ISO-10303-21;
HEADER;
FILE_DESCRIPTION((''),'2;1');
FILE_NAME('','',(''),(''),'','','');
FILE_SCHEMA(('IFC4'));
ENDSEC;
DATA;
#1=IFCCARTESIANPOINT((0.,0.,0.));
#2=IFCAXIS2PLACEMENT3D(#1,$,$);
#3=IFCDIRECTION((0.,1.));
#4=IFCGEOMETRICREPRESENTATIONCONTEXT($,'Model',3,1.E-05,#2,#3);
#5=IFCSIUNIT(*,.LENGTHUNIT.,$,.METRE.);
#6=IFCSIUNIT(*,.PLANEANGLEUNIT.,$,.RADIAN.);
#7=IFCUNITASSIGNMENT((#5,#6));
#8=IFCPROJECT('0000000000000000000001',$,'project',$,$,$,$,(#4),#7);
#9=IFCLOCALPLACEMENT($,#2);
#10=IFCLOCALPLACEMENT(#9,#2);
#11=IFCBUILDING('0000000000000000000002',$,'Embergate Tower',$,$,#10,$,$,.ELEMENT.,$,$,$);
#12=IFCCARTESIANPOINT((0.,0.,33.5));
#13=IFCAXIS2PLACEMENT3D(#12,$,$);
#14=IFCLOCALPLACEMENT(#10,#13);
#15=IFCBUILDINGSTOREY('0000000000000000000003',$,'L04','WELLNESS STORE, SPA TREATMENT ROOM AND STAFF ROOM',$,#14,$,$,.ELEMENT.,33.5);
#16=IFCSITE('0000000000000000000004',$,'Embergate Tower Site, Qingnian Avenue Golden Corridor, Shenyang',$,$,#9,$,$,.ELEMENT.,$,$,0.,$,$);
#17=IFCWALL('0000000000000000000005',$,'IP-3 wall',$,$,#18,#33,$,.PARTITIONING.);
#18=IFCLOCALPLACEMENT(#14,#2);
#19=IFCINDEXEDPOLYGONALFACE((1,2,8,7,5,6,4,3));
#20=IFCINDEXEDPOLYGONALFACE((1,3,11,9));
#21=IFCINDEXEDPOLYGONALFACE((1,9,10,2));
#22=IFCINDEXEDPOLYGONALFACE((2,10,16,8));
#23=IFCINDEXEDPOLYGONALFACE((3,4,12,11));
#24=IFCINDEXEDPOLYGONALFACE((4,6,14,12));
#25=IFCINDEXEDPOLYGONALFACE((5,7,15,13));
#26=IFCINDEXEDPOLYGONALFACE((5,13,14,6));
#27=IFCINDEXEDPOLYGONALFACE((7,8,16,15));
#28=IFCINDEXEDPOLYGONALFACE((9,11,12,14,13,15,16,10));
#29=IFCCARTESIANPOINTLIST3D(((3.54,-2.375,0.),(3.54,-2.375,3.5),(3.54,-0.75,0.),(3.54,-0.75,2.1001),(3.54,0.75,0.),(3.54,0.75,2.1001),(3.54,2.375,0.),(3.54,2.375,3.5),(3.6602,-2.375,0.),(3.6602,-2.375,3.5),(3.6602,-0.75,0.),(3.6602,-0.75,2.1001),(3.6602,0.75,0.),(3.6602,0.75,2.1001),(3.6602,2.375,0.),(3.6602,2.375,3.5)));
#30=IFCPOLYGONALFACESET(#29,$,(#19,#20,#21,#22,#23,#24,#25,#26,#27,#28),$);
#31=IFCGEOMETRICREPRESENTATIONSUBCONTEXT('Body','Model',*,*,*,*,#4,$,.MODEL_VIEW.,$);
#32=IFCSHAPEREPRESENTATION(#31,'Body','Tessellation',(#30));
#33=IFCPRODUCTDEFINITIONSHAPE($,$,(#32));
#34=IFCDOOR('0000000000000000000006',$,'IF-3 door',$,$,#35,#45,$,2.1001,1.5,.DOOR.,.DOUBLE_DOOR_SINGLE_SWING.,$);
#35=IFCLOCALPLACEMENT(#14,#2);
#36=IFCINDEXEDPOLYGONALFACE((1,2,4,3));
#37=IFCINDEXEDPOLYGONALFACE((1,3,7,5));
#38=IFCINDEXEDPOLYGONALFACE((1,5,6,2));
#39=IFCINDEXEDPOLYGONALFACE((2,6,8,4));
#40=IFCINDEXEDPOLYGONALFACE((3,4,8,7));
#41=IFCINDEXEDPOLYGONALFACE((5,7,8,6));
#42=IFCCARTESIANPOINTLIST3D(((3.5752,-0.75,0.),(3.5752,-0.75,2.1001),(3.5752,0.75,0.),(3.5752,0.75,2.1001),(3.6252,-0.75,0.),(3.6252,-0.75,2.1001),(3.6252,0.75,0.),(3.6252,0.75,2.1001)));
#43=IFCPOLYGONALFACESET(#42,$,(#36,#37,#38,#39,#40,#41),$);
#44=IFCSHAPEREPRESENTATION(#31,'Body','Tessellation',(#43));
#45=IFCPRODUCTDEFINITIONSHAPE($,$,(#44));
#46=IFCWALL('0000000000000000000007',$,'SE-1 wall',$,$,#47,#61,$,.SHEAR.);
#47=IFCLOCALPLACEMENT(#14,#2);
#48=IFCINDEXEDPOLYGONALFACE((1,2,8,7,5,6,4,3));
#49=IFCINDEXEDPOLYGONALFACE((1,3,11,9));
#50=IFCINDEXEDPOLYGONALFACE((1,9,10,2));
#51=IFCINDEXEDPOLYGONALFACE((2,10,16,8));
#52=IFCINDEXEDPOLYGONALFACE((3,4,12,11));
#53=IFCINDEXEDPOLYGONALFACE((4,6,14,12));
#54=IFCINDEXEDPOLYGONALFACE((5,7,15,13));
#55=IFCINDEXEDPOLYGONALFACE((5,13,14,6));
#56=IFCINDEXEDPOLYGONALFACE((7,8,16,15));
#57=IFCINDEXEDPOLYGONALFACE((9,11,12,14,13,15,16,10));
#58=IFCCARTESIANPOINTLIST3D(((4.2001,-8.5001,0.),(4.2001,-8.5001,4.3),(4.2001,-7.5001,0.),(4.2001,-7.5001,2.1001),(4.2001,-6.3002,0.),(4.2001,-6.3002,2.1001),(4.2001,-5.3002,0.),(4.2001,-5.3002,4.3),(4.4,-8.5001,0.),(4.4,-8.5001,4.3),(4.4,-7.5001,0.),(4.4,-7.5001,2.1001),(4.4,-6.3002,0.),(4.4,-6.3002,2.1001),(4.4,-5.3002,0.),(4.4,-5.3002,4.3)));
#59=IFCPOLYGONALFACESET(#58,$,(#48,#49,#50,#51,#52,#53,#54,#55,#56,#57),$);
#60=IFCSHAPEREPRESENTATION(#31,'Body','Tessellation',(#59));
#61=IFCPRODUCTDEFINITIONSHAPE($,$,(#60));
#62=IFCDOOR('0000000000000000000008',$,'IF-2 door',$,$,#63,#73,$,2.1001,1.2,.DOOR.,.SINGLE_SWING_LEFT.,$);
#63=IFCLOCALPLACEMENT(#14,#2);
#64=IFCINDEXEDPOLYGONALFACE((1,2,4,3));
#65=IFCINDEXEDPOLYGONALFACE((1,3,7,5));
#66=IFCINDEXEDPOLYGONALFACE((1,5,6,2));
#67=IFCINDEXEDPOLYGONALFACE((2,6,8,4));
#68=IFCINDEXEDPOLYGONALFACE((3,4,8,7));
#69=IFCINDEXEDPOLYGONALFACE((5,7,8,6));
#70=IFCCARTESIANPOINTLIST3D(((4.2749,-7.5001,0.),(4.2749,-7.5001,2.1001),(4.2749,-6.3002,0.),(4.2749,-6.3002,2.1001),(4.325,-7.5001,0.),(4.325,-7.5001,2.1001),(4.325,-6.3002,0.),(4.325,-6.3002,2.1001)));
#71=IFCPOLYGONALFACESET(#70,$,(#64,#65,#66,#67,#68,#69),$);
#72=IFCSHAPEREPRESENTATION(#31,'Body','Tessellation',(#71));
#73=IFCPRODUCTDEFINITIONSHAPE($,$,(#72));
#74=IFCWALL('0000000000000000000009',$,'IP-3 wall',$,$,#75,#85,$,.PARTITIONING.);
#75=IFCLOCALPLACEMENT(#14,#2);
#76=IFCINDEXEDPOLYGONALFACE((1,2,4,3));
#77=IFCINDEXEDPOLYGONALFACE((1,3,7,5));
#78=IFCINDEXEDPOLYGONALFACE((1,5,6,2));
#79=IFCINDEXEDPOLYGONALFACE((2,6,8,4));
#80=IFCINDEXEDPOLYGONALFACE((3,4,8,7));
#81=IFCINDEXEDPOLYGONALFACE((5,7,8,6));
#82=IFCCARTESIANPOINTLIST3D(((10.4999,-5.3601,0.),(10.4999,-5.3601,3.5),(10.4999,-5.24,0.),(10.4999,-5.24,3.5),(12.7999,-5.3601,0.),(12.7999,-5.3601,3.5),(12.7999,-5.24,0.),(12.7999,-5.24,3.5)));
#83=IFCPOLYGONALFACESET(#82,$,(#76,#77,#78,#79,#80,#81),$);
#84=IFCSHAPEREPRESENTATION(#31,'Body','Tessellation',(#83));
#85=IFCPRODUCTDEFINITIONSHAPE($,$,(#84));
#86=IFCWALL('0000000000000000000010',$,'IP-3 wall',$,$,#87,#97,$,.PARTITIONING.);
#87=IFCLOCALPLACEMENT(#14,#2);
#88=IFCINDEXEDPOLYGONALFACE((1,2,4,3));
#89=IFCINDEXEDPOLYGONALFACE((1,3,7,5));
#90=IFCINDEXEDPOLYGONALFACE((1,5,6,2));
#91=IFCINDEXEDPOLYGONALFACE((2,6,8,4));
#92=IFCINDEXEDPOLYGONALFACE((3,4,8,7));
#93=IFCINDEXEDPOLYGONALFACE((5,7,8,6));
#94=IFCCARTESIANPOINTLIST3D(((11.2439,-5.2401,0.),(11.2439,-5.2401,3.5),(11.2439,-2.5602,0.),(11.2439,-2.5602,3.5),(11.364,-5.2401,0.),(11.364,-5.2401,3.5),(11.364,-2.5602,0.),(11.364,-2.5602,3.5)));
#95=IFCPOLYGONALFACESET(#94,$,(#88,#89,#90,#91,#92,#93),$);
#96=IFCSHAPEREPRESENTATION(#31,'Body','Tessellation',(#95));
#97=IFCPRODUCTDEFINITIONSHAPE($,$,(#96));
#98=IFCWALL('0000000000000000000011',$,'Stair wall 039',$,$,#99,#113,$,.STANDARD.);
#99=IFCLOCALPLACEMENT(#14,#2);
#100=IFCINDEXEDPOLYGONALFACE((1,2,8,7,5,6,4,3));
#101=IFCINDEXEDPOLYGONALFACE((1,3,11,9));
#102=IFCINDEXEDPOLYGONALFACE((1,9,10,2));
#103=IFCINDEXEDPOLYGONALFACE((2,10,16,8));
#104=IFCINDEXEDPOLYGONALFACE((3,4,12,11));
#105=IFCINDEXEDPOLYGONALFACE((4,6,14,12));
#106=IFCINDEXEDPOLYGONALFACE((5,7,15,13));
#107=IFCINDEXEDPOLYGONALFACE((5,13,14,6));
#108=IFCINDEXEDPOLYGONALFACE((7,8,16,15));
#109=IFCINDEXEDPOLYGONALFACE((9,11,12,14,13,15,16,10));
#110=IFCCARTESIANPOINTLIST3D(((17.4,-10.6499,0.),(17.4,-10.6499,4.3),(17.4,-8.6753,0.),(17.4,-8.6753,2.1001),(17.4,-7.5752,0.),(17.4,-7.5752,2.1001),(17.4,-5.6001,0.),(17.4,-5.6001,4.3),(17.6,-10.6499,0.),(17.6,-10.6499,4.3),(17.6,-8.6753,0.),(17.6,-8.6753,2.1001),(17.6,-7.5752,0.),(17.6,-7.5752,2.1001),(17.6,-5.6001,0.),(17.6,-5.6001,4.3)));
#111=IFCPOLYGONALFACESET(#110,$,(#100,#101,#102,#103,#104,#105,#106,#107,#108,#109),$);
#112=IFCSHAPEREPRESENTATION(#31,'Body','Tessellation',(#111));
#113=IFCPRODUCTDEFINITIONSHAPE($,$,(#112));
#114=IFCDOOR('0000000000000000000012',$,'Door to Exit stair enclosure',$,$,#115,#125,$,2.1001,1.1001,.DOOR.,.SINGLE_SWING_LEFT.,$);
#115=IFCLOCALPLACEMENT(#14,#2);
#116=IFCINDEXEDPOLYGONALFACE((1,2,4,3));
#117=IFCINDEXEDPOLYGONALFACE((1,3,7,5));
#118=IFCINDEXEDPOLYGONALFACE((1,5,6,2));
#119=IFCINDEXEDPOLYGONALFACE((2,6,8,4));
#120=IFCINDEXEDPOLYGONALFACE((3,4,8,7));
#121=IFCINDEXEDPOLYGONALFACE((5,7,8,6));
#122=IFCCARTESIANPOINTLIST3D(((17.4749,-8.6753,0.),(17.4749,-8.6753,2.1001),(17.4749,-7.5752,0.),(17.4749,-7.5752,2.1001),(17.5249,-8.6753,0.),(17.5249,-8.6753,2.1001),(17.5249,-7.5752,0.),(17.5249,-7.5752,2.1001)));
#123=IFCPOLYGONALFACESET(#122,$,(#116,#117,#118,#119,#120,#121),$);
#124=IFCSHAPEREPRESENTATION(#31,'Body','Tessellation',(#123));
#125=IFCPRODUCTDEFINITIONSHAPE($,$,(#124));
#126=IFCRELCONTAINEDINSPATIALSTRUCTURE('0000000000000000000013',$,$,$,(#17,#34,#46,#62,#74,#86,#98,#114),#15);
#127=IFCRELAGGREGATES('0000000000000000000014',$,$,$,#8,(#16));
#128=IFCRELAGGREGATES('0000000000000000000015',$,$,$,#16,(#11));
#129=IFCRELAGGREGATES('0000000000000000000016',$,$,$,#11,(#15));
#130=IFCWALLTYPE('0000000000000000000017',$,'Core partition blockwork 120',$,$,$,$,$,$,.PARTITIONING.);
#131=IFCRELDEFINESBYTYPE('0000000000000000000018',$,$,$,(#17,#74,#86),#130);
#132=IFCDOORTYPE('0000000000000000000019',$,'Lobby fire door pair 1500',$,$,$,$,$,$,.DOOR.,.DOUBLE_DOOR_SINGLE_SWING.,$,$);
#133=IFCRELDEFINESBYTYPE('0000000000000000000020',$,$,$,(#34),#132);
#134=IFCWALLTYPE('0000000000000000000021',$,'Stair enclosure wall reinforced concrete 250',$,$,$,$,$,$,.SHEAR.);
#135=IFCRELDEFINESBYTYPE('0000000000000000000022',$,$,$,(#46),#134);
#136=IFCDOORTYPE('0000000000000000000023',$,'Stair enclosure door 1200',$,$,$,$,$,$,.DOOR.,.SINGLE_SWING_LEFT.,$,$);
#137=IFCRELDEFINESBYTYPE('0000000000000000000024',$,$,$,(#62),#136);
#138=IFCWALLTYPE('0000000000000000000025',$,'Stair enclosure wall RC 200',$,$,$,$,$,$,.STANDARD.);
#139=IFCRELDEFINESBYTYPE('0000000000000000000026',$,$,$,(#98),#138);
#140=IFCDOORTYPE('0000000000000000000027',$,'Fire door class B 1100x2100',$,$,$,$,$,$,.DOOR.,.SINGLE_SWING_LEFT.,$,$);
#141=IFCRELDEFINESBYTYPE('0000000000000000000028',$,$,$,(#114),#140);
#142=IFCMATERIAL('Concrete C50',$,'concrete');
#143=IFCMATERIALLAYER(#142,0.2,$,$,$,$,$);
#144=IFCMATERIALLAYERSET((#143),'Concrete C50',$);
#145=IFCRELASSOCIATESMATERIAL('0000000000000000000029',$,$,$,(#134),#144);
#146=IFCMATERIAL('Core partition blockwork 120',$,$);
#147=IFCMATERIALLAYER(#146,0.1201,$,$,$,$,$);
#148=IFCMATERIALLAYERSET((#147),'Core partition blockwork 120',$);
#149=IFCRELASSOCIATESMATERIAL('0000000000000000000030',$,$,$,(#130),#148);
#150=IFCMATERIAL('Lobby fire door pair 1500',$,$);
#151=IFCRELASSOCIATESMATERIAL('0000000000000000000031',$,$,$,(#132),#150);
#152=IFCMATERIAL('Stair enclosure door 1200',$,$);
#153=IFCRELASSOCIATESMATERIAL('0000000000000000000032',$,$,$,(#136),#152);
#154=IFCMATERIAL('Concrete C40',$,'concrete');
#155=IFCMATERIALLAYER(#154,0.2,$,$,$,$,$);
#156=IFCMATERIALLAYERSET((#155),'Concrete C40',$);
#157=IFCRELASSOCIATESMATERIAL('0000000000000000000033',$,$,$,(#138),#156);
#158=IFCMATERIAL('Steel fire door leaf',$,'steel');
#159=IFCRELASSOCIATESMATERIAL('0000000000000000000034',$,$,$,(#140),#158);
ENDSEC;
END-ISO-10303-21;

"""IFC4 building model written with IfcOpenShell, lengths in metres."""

from ifc_helpers import new_model, si_unit, direction, frame, frame_2d, origin, place, context, subcontext, project, spatial, rectangle, extrude, source, transform, mapped, material, layer, layer_set, type_object, element, fill, save


model = new_model("IFC4")

# Units and contexts
model_context = context("Model", 3, precision=1e-05, world=origin(), true_north=direction((0.0, 1.0)))
body_context = subcontext(model_context, "Body", "Model", "MODEL_VIEW")
ifc_project = project(units=[si_unit("LENGTHUNIT", "METRE"), si_unit("PLANEANGLEUNIT", "RADIAN")], contexts=[model_context])

# Site, building, storey
site_placement = place(None, origin())
site = spatial("IfcSite", under=ifc_project, at=site_placement, Name="Embergate Tower Site, Qingnian Avenue Golden Corridor, Shenyang", CompositionType="ELEMENT", RefElevation=0.0)
building_placement = place(site_placement, origin())
building = spatial("IfcBuilding", under=site, at=building_placement, Name="Embergate Tower", CompositionType="ELEMENT")
storey_placement = place(building_placement, frame((0.0, 0.0, 33.5)))
storey = spatial("IfcBuildingStorey", under=building, at=storey_placement, Name="L04", Description="WELLNESS STORE, SPA TREATMENT ROOM AND STAFF ROOM", CompositionType="ELEMENT", Elevation=33.5)

# Shared definitions
ifc_material_1 = material(Name="Concrete C50", Category="concrete")
ifc_layer_1 = layer(ifc_material_1, 0.2)
ifc_layer_set_1 = layer_set([ifc_layer_1], Name="Concrete C50")
wall_type_1 = type_object("IfcWallType", Name="Stair enclosure wall reinforced concrete 250", PredefinedType="SHEAR", material=ifc_layer_set_1)

# Shared definitions
ifc_material_2 = material(Name="Core partition blockwork 120")
ifc_layer_2 = layer(ifc_material_2, 0.1201)
ifc_layer_set_2 = layer_set([ifc_layer_2], Name="Core partition blockwork 120")
wall_type_2 = type_object("IfcWallType", Name="Core partition blockwork 120", PredefinedType="PARTITIONING", material=ifc_layer_set_2)

# Walls, openings, doors
shared_shape_1 = source(origin(), body_context, "Body", "SweptSolid", [
    extrude(rectangle(XDim=4.75, YDim=0.1201, at=frame_2d((2.375, 0.0))), origin(), (0.0, 0.0, 1.0), 3.5),
])
wall_1_placement = place(storey_placement, frame((3.6001, -2.375, 0.0), z_axis=(0.0, 0.0, 1.0), x_axis=(0.0, 1.0, 0.0)))
wall_1 = element("IfcWall", 1, at=wall_1_placement, inside=storey, type_object=wall_type_2, Name="IP-3 wall", PredefinedType="PARTITIONING", context=body_context, shape_type="MappedRepresentation", body=[
    mapped(shared_shape_1, transform((0.0, 0.0, 0.0))),
])
shared_shape_2 = source(origin(), body_context, "Body", "SweptSolid", [
    extrude(rectangle(XDim=1.5, YDim=2.1001, at=frame_2d((0.75, 1.05))), frame((0.0, 0.0701, 0.0), z_axis=(0.0, -1.0, 0.0), x_axis=(1.0, 0.0, 0.0)), (0.0, 0.0, 1.0), 0.1401),
])
opening_1_placement = place(wall_1_placement, frame((1.625, 0.0, 0.0)))
opening_1 = element("IfcOpeningElement", 2, at=opening_1_placement, cuts=wall_1, PredefinedType="OPENING", context=body_context, shape_type="MappedRepresentation", body=[
    mapped(shared_shape_2, transform((0.0, 0.0, 0.0))),
])
ifc_material_3 = material(Name="Lobby fire door pair 1500")
door_type_1 = type_object("IfcDoorType", Name="Lobby fire door pair 1500", OperationType="DOUBLE_DOOR_SINGLE_SWING", PredefinedType="DOOR", material=ifc_material_3)
shared_shape_3 = source(origin(), body_context, "Body", "SweptSolid", [
    extrude(rectangle(XDim=1.5, YDim=2.1001, at=frame_2d((0.75, 1.05))), frame((0.0, 0.0249, 0.0), z_axis=(0.0, -1.0, 0.0), x_axis=(1.0, 0.0, 0.0)), (0.0, 0.0, 1.0), 0.05),
])
door_1_placement = place(opening_1_placement, origin())
door_1 = element("IfcDoor", 3, at=door_1_placement, inside=storey, type_object=door_type_1, Name="IF-3 door", OperationType="DOUBLE_DOOR_SINGLE_SWING", OverallHeight=2.1001, OverallWidth=1.5, PredefinedType="DOOR", context=body_context, shape_type="MappedRepresentation", body=[
    mapped(shared_shape_3, transform((0.0, 0.0, 0.0))),
])
fill(opening_1, door_1)
shared_shape_4 = source(origin(), body_context, "Body", "SweptSolid", [
    extrude(rectangle(XDim=3.2, YDim=0.2, at=frame_2d((1.6001, 0.0))), origin(), (0.0, 0.0, 1.0), 4.3),
])
wall_2_placement = place(storey_placement, frame((4.3, -5.3, 0.0), z_axis=(0.0, 0.0, 1.0), x_axis=(0.0, -1.0, 0.0)))
wall_2 = element("IfcWall", 4, at=wall_2_placement, inside=storey, type_object=wall_type_1, Name="SE-1 wall", PredefinedType="SHEAR", context=body_context, shape_type="MappedRepresentation", body=[
    mapped(shared_shape_4, transform((0.0, 0.0, 0.0))),
])
shared_shape_5 = source(origin(), body_context, "Body", "SweptSolid", [
    extrude(rectangle(XDim=1.2, YDim=2.1001, at=frame_2d((0.6001, 1.05))), frame((0.0, 0.1099, 0.0), z_axis=(0.0, -1.0, 0.0), x_axis=(1.0, 0.0, 0.0)), (0.0, 0.0, 1.0), 0.22),
])
opening_2_placement = place(wall_2_placement, frame((1.0, 0.0, 0.0)))
opening_2 = element("IfcOpeningElement", 5, at=opening_2_placement, cuts=wall_2, PredefinedType="OPENING", context=body_context, shape_type="MappedRepresentation", body=[
    mapped(shared_shape_5, transform((0.0, 0.0, 0.0))),
])
ifc_material_4 = material(Name="Stair enclosure door 1200")
door_type_2 = type_object("IfcDoorType", Name="Stair enclosure door 1200", OperationType="SINGLE_SWING_LEFT", PredefinedType="DOOR", material=ifc_material_4)
shared_shape_6 = source(origin(), body_context, "Body", "SweptSolid", [
    extrude(rectangle(XDim=1.2, YDim=2.1001, at=frame_2d((0.6001, 1.05))), frame((0.0, 0.0249, 0.0), z_axis=(0.0, -1.0, 0.0), x_axis=(1.0, 0.0, 0.0)), (0.0, 0.0, 1.0), 0.05),
])
door_2_placement = place(opening_2_placement, origin())
door_2 = element("IfcDoor", 6, at=door_2_placement, inside=storey, type_object=door_type_2, Name="IF-2 door", OperationType="SINGLE_SWING_LEFT", OverallHeight=2.1001, OverallWidth=1.2, PredefinedType="DOOR", context=body_context, shape_type="MappedRepresentation", body=[
    mapped(shared_shape_6, transform((0.0, 0.0, 0.0))),
])
fill(opening_2, door_2)

# Walls
shared_shape_7 = source(origin(), body_context, "Body", "SweptSolid", [
    extrude(rectangle(XDim=2.3, YDim=0.1201, at=frame_2d((1.1499, 0.0))), origin(), (0.0, 0.0, 1.0), 3.5),
])
wall_3_placement = place(storey_placement, frame((10.5, -5.3, 0.0), z_axis=(0.0, 0.0, 1.0), x_axis=(1.0, 0.0, 0.0)))
element("IfcWall", 7, at=wall_3_placement, inside=storey, type_object=wall_type_2, Name="IP-3 wall", PredefinedType="PARTITIONING", context=body_context, shape_type="MappedRepresentation", body=[
    mapped(shared_shape_7, transform((0.0, 0.0, 0.0))),
])
shared_shape_8 = source(origin(), body_context, "Body", "SweptSolid", [
    extrude(rectangle(XDim=2.6799, YDim=0.1201, at=frame_2d((1.3398, 0.0))), origin(), (0.0, 0.0, 1.0), 3.5),
])
wall_4_placement = place(storey_placement, frame((11.304, -5.24, 0.0), z_axis=(0.0, 0.0, 1.0), x_axis=(0.0, 1.0, 0.0)))
element("IfcWall", 8, at=wall_4_placement, inside=storey, type_object=wall_type_2, Name="IP-3 wall", PredefinedType="PARTITIONING", context=body_context, shape_type="MappedRepresentation", body=[
    mapped(shared_shape_8, transform((0.0, 0.0, 0.0))),
])

# Wall, opening, door
ifc_material_5 = material(Name="Concrete C40", Category="concrete")
ifc_layer_3 = layer(ifc_material_5, 0.2)
ifc_layer_set_3 = layer_set([ifc_layer_3], Name="Concrete C40")
wall_type_3 = type_object("IfcWallType", Name="Stair enclosure wall RC 200", PredefinedType="STANDARD", material=ifc_layer_set_3)
shared_shape_9 = source(origin(), body_context, "Body", "SweptSolid", [
    extrude(rectangle(XDim=5.0498, YDim=0.2, at=frame_2d((2.5249, 0.0))), origin(), (0.0, 0.0, 1.0), 4.3),
])
wall_5_placement = place(storey_placement, frame((17.5, -5.6001, 0.0), z_axis=(0.0, 0.0, 1.0), x_axis=(0.0, -1.0, 0.0)))
wall_5 = element("IfcWall", 9, at=wall_5_placement, inside=storey, type_object=wall_type_3, Name="Stair wall 039", PredefinedType="STANDARD", context=body_context, shape_type="MappedRepresentation", body=[
    mapped(shared_shape_9, transform((0.0, 0.0, 0.0))),
])
shared_shape_10 = source(origin(), body_context, "Body", "SweptSolid", [
    extrude(rectangle(XDim=1.1001, YDim=2.1001, at=frame_2d((0.55, 1.05))), frame((0.0, 0.1099, 0.0), z_axis=(0.0, -1.0, 0.0), x_axis=(1.0, 0.0, 0.0)), (0.0, 0.0, 1.0), 0.22),
])
opening_3_placement = place(wall_5_placement, frame((1.9751, 0.0, 0.0)))
opening_3 = element("IfcOpeningElement", 10, at=opening_3_placement, cuts=wall_5, PredefinedType="OPENING", context=body_context, shape_type="MappedRepresentation", body=[
    mapped(shared_shape_10, transform((0.0, 0.0, 0.0))),
])
ifc_material_6 = material(Name="Steel fire door leaf", Category="steel")
door_type_3 = type_object("IfcDoorType", Name="Fire door class B 1100x2100", OperationType="SINGLE_SWING_LEFT", PredefinedType="DOOR", material=ifc_material_6)
shared_shape_11 = source(origin(), body_context, "Body", "SweptSolid", [
    extrude(rectangle(XDim=1.1001, YDim=2.1001, at=frame_2d((0.55, 1.05))), frame((0.0, 0.0249, 0.0), z_axis=(0.0, -1.0, 0.0), x_axis=(1.0, 0.0, 0.0)), (0.0, 0.0, 1.0), 0.05),
])
door_3_placement = place(opening_3_placement, origin())
door_3 = element("IfcDoor", 11, at=door_3_placement, inside=storey, type_object=door_type_3, Name="Door to Exit stair enclosure", OperationType="SINGLE_SWING_LEFT", OverallHeight=2.1001, OverallWidth=1.1001, PredefinedType="DOOR", context=body_context, shape_type="MappedRepresentation", body=[
    mapped(shared_shape_11, transform((0.0, 0.0, 0.0))),
])
fill(opening_3, door_3)

save(model, "model.ifc")
